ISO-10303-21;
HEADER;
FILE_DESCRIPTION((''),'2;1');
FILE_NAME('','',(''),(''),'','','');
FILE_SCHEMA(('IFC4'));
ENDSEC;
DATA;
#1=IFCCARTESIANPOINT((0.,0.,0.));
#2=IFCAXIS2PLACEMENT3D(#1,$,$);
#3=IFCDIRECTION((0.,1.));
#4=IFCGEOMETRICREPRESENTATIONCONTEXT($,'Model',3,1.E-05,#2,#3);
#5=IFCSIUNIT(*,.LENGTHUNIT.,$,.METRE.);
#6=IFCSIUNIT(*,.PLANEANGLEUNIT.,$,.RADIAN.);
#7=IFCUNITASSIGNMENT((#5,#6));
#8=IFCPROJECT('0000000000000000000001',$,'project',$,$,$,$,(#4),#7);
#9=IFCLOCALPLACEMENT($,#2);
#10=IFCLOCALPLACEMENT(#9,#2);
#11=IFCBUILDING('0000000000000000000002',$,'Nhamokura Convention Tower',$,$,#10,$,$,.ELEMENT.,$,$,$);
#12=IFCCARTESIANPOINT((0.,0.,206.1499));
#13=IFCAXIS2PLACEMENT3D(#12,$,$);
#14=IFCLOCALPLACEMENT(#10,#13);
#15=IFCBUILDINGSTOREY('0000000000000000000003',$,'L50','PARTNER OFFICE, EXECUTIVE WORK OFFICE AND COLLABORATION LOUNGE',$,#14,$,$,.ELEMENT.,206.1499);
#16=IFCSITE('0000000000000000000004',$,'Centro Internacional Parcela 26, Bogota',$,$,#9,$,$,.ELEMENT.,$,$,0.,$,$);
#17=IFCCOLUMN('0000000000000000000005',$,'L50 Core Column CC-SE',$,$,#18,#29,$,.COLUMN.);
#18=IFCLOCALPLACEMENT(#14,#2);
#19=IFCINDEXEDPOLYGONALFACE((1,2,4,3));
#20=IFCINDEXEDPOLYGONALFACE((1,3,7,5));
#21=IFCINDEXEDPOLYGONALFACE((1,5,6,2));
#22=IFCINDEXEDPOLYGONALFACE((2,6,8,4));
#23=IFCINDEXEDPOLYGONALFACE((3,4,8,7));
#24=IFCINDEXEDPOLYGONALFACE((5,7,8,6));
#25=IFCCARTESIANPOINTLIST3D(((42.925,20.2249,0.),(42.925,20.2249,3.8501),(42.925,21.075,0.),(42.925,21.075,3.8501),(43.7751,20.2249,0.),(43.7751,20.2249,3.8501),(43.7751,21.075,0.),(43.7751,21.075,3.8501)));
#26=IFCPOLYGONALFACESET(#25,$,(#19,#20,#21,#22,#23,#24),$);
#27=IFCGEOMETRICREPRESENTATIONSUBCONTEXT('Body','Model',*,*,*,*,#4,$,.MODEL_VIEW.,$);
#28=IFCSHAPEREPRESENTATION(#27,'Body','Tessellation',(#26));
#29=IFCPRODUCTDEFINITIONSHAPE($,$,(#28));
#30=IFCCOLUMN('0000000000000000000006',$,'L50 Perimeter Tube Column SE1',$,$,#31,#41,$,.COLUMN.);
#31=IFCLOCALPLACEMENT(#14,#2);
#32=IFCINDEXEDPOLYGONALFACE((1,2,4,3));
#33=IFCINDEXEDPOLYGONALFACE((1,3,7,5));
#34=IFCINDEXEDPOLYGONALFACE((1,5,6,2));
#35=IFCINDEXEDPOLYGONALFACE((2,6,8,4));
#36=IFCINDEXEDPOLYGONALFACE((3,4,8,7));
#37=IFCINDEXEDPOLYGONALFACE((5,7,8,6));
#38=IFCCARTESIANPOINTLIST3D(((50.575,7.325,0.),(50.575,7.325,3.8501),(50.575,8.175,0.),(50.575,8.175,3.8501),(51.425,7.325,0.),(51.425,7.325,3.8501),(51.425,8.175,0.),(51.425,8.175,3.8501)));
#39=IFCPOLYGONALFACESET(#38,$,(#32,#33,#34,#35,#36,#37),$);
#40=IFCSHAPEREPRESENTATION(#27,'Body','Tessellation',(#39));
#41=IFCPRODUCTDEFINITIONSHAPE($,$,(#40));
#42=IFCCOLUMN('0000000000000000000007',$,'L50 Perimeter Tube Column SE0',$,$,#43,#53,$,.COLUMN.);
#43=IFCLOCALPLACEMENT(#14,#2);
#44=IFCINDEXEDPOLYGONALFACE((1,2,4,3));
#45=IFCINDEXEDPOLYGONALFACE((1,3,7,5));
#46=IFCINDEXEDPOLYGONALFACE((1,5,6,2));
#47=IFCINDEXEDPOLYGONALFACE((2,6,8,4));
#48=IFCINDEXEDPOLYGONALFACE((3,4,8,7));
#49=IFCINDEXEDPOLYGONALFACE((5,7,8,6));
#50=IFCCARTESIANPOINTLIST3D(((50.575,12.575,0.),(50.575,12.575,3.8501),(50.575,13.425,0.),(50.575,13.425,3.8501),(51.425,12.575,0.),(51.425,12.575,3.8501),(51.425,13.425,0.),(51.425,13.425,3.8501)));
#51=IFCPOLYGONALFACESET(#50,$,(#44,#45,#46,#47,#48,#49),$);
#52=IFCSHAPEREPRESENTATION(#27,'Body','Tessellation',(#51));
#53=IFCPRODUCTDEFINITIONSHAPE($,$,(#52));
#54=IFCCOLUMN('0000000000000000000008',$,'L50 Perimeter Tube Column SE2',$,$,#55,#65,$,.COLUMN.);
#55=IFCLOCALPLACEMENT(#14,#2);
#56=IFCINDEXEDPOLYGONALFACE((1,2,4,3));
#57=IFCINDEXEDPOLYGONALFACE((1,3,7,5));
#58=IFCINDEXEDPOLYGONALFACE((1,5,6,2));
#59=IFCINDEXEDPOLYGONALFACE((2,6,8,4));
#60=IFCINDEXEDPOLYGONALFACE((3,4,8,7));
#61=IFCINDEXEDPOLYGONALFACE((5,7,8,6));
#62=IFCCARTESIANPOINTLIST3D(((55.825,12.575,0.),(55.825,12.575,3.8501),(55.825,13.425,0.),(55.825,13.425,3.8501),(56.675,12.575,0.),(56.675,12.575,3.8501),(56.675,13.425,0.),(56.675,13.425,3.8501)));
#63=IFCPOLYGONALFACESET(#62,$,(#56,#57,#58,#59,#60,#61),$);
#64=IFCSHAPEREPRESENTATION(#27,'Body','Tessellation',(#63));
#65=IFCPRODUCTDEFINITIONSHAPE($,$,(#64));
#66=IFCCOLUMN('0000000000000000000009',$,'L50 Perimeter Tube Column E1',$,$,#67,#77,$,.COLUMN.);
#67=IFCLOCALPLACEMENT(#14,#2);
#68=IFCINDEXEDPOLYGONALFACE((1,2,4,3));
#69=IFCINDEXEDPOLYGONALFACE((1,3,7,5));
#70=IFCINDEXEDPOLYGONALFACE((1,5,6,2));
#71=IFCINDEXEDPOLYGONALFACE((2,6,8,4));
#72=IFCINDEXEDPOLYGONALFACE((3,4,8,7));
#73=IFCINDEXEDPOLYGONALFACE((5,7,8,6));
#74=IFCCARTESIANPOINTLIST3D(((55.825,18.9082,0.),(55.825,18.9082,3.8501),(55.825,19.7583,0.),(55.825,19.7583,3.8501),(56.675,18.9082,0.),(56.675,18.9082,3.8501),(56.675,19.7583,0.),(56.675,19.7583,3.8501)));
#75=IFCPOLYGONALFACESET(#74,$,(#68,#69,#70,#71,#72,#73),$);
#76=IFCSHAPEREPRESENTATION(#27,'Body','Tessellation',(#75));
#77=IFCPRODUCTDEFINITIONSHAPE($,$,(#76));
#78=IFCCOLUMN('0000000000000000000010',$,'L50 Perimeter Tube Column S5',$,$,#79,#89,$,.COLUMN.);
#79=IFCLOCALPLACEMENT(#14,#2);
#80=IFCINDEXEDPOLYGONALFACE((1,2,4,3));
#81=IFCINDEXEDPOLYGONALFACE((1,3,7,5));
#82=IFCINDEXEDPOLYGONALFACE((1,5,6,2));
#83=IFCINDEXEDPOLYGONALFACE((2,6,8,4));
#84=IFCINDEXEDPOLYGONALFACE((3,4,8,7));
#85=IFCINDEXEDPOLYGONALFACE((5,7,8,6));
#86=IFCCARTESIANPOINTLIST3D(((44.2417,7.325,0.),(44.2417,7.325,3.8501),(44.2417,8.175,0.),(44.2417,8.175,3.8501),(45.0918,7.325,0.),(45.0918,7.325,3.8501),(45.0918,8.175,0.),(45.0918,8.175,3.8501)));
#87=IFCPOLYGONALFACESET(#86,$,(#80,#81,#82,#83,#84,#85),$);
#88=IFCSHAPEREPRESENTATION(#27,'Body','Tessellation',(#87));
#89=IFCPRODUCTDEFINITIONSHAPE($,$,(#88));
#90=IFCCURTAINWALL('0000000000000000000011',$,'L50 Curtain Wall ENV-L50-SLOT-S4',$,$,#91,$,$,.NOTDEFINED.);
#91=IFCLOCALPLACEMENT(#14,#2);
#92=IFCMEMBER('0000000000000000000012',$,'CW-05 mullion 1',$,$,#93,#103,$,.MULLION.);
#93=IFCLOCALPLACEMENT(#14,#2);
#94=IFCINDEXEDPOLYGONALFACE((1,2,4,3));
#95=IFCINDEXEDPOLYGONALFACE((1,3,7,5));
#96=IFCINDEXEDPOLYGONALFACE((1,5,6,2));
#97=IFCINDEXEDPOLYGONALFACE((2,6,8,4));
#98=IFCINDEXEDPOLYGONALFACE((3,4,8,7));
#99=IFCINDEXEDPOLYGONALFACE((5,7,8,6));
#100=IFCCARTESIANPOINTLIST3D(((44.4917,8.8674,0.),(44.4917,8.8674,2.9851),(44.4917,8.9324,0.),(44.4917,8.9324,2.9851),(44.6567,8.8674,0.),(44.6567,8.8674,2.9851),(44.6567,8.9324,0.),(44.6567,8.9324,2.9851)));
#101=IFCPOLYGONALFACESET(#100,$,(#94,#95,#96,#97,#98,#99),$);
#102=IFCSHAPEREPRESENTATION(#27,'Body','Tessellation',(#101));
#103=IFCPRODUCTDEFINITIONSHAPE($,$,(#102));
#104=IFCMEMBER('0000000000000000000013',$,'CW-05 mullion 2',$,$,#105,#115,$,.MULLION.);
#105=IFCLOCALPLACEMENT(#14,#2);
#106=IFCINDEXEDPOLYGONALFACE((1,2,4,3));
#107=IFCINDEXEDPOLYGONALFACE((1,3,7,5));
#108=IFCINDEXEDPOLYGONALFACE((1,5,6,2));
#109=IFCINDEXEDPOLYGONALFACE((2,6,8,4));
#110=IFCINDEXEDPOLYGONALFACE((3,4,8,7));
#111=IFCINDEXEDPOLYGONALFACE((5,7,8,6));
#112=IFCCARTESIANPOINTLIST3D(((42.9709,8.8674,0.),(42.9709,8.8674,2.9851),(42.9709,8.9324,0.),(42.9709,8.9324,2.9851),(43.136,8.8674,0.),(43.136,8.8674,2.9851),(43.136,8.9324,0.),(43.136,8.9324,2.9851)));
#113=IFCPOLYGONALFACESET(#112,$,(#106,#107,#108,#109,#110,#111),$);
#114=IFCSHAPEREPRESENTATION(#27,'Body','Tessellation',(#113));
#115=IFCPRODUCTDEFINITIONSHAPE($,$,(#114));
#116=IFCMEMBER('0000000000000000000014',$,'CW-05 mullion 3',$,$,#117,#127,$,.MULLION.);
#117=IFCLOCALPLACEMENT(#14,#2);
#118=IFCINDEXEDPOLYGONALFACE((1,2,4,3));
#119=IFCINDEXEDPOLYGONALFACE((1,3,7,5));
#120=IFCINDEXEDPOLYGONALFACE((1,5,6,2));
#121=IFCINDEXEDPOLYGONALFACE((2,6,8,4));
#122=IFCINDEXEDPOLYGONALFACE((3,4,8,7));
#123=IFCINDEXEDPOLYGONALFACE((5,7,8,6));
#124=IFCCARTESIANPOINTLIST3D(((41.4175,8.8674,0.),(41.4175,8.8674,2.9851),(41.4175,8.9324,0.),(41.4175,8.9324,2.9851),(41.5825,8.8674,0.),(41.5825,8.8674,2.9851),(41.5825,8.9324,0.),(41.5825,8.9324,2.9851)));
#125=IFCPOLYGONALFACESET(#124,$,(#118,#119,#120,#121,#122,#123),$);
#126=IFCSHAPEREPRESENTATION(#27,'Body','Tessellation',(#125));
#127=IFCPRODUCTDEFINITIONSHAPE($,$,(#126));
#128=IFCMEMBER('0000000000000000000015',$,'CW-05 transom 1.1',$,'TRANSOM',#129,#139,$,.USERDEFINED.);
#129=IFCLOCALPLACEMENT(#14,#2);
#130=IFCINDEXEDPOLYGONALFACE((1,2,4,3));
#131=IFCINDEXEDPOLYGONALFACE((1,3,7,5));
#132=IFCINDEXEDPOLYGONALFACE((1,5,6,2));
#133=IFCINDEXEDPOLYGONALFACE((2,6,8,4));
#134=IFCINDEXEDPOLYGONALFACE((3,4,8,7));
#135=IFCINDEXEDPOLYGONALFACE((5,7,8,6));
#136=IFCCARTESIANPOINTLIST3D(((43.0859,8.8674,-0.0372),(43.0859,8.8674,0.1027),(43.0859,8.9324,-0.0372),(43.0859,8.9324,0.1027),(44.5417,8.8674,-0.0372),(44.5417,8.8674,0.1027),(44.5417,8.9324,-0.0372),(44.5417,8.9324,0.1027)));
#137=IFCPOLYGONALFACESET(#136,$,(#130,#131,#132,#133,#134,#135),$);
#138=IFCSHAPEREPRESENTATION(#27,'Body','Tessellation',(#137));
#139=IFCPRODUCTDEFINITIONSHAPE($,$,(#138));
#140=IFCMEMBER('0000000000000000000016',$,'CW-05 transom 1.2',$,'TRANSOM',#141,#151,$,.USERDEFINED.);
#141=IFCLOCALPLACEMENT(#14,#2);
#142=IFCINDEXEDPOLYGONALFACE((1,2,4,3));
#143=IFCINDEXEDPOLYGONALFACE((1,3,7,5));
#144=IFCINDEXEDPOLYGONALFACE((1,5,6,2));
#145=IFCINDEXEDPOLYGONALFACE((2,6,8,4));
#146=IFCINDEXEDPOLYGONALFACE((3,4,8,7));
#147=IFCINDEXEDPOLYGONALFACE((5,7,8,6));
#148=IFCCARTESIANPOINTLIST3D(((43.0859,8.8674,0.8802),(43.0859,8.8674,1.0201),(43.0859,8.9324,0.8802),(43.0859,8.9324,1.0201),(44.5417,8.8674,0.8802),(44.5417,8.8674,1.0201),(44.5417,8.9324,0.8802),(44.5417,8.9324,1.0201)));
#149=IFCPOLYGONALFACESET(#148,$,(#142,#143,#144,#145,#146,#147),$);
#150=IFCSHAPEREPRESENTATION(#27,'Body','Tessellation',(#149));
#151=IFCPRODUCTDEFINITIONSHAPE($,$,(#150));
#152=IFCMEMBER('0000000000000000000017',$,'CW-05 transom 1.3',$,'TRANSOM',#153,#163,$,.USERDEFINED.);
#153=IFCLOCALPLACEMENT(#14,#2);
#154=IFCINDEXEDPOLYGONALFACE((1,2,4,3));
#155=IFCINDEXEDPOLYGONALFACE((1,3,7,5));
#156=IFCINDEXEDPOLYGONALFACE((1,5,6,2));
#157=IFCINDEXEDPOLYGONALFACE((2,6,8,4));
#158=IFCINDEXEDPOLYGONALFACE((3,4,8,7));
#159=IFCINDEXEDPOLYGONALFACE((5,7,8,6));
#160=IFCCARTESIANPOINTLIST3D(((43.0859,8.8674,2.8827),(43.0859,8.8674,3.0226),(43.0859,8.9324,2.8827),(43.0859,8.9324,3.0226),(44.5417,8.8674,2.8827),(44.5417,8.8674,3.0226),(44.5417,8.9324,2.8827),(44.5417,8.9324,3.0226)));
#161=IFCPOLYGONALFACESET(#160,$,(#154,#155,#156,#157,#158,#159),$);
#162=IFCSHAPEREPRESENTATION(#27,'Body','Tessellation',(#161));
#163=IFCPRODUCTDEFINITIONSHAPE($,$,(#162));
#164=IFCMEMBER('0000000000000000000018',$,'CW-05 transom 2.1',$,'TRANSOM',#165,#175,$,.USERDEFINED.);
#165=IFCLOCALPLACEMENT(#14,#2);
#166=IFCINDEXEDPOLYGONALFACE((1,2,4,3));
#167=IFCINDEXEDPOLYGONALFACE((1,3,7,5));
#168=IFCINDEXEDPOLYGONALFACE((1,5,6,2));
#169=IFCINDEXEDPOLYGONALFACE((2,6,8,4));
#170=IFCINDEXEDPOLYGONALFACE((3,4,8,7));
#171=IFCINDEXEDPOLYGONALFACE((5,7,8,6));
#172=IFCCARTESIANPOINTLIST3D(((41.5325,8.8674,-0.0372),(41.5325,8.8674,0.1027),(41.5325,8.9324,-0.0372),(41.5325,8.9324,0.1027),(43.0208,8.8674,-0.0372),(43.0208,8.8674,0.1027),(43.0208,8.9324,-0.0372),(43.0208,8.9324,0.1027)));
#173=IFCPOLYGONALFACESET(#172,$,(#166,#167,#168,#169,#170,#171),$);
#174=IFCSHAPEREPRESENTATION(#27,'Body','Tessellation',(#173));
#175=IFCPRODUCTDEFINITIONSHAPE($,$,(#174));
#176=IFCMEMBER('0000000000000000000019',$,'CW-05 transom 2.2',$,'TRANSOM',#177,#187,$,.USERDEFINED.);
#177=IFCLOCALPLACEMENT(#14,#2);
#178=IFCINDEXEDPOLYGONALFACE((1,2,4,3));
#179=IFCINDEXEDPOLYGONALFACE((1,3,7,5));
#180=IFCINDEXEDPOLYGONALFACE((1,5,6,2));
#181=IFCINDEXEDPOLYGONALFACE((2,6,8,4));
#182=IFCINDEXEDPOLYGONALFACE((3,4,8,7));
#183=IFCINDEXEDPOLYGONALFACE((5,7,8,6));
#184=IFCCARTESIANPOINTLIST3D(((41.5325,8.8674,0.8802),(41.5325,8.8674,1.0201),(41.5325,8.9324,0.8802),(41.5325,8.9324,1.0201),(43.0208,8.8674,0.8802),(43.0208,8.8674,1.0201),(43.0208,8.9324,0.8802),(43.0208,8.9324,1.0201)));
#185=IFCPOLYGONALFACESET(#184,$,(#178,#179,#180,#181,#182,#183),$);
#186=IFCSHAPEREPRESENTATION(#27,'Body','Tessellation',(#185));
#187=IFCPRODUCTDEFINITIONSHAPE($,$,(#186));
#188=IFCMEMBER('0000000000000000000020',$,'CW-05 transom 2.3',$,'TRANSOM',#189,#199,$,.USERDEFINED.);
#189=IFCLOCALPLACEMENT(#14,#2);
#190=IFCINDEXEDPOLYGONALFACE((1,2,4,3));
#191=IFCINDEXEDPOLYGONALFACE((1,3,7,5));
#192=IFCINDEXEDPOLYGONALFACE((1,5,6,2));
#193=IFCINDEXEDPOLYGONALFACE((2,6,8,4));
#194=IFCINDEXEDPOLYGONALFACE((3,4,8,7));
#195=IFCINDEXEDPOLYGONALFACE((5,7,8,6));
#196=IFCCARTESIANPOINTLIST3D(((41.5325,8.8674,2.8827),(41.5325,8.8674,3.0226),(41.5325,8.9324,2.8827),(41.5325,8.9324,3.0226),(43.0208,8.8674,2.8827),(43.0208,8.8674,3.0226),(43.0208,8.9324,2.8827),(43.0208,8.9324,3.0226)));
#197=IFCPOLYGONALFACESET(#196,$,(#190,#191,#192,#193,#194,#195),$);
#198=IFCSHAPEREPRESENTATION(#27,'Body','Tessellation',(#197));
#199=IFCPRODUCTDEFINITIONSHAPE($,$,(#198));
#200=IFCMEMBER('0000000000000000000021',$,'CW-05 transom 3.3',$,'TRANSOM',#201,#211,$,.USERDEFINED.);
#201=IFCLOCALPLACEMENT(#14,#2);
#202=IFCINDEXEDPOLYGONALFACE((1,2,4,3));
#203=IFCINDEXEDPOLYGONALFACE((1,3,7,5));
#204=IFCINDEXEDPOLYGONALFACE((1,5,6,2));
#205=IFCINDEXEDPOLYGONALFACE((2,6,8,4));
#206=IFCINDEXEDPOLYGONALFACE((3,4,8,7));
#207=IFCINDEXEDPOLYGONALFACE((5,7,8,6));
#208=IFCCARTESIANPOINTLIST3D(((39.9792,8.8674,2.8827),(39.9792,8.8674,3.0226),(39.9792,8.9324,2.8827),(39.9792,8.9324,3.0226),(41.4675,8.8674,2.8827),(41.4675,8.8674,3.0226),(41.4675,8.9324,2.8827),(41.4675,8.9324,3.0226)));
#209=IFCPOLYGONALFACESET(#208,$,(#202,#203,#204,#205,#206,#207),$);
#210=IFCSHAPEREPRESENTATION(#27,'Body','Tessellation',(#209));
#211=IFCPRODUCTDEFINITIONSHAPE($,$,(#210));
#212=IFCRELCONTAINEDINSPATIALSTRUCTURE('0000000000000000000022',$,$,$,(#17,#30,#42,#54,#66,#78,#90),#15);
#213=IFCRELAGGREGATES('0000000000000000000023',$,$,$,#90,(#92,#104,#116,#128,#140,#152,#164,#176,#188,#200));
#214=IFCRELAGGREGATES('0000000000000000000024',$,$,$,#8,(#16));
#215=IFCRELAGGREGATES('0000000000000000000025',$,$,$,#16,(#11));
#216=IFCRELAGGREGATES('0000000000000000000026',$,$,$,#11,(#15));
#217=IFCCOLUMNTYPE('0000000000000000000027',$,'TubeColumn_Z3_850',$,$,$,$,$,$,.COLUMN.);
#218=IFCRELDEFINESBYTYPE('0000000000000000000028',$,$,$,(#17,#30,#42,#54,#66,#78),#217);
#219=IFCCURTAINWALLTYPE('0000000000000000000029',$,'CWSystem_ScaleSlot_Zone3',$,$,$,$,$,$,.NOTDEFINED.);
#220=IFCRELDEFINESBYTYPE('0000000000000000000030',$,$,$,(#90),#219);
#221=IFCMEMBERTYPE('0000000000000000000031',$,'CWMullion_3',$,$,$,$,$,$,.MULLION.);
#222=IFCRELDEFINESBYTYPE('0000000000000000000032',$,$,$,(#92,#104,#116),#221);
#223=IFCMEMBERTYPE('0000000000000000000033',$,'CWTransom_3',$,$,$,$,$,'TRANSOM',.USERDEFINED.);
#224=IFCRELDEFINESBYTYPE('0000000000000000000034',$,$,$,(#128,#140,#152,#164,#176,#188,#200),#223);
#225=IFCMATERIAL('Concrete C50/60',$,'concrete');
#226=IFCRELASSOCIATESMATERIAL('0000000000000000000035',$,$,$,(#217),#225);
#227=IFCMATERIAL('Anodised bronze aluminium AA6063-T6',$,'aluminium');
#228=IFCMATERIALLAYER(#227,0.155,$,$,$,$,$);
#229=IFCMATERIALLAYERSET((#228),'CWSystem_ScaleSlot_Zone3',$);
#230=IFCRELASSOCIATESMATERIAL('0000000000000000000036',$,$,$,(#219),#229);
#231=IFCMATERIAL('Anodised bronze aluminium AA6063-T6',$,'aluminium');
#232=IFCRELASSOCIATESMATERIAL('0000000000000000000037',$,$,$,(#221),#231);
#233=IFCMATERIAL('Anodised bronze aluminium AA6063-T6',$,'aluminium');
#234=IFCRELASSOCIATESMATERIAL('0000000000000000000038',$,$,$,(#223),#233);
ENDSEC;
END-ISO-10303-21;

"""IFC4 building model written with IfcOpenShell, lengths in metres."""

from ifc_helpers import new_model, si_unit, direction, frame, origin, origin_2d, place, context, subcontext, project, spatial, rectangle, extrude, material, layer, layer_set, material_profile, profile_set, type_object, element, aggregate, save


model = new_model("IFC4")

# Units and contexts
model_context = context("Model", 3, precision=1e-05, world=origin(), true_north=direction((0.0, 1.0)))
body_context = subcontext(model_context, "Body", "Model", "MODEL_VIEW")
ifc_project = project(units=[si_unit("LENGTHUNIT", "METRE"), si_unit("PLANEANGLEUNIT", "RADIAN")], contexts=[model_context])

# Site, building, storey
site_placement = place(None, origin())
site = spatial("IfcSite", under=ifc_project, at=site_placement, Name="Centro Internacional Parcela 26, Bogota", CompositionType="ELEMENT", RefElevation=0.0)
building_placement = place(site_placement, origin())
building = spatial("IfcBuilding", under=site, at=building_placement, Name="Nhamokura Convention Tower", CompositionType="ELEMENT")
storey_placement = place(building_placement, frame((0.0, 0.0, 206.1499)))
storey = spatial("IfcBuildingStorey", under=building, at=storey_placement, Name="L50", Description="PARTNER OFFICE, EXECUTIVE WORK OFFICE AND COLLABORATION LOUNGE", CompositionType="ELEMENT", Elevation=206.1499)

# Columns
ifc_material_1 = material(Name="Concrete C50/60", Category="concrete")
ifc_material_profile_1 = material_profile(ifc_material_1, rectangle(XDim=0.8501, YDim=0.8501, at=origin_2d()))
ifc_profile_set_1 = profile_set([ifc_material_profile_1], Name="Concrete C50/60")
column_type = type_object("IfcColumnType", Name="TubeColumn_Z3_850", PredefinedType="COLUMN", material=ifc_profile_set_1)
for number, where, z_axis, x_axis, name in (
    (1, (43.3501, 20.6499, 0.0), (0.0, 0.0, 1.0), (1.0, 0.0, 0.0), "L50 Core Column CC-SE"),
    (2, (51.0, 7.75, 0.0), (0.0, 0.0, 1.0), (1.0, 0.0, 0.0), "L50 Perimeter Tube Column SE1"),
    (3, (51.0, 13.0, 0.0), (0.0, 0.0, 1.0), (1.0, 0.0, 0.0), "L50 Perimeter Tube Column SE0"),
    (4, (56.25, 13.0, 0.0), (0.0, 0.0, 1.0), (1.0, 0.0, 0.0), "L50 Perimeter Tube Column SE2"),
    (5, (56.25, 19.3333, 0.0), (0.0, 0.0, 1.0), (1.0, 0.0, 0.0), "L50 Perimeter Tube Column E1"),
    (6, (44.6667, 7.75, 0.0), (0.0, 0.0, 1.0), (1.0, 0.0, 0.0), "L50 Perimeter Tube Column S5"),
):
    element("IfcColumn", number, at=place(storey_placement, frame(where, z_axis=z_axis, x_axis=x_axis)), inside=storey, type_object=column_type, Name=name, PredefinedType="COLUMN", context=body_context, shape_type="SweptSolid", body=[
        extrude(rectangle(XDim=0.8501, YDim=0.8501, at=origin_2d()), origin(), (0.0, 0.0, 1.0), 3.8501),
    ])

# Curtain wall, members
ifc_material_2 = material(Name="Anodised bronze aluminium AA6063-T6", Category="aluminium")
ifc_layer_1 = layer(ifc_material_2, 0.155)
ifc_layer_set_1 = layer_set([ifc_layer_1], Name="CWSystem_ScaleSlot_Zone3")
curtain_wall_type = type_object("IfcCurtainWallType", Name="CWSystem_ScaleSlot_Zone3", PredefinedType="NOTDEFINED", material=ifc_layer_set_1)
curtain_wall_placement = place(storey_placement, origin())
curtain_wall = element("IfcCurtainWall", 7, at=curtain_wall_placement, inside=storey, type_object=curtain_wall_type, Name="L50 Curtain Wall ENV-L50-SLOT-S4", PredefinedType="NOTDEFINED")
ifc_material_3 = material(Name="Anodised bronze aluminium AA6063-T6", Category="aluminium")
ifc_material_profile_2 = material_profile(ifc_material_3, rectangle(XDim=0.0649, YDim=0.165, at=origin_2d()))
ifc_profile_set_2 = profile_set([ifc_material_profile_2], Name="Anodised bronze aluminium AA6063-T6")
member_type_1 = type_object("IfcMemberType", Name="CWMullion_3", PredefinedType="MULLION", material=ifc_profile_set_2)
member_1_placement = place(storey_placement, frame((44.5742, 8.8999, 0.0), z_axis=(0.0, 0.0, 1.0), x_axis=(0.0, -1.0, 0.0)))
member_1 = element("IfcMember", 8, at=member_1_placement, type_object=member_type_1, Name="CW-05 mullion 1", PredefinedType="MULLION", context=body_context, shape_type="SweptSolid", body=[
    extrude(rectangle(XDim=0.0649, YDim=0.165, at=origin_2d()), origin(), (0.0, 0.0, 1.0), 2.9851),
])
member_2_placement = place(storey_placement, frame((43.0535, 8.8999, 0.0), z_axis=(0.0, 0.0, 1.0), x_axis=(0.0, -1.0, 0.0)))
member_2 = element("IfcMember", 9, at=member_2_placement, type_object=member_type_1, Name="CW-05 mullion 2", PredefinedType="MULLION", context=body_context, shape_type="SweptSolid", body=[
    extrude(rectangle(XDim=0.0649, YDim=0.165, at=origin_2d()), origin(), (0.0, 0.0, 1.0), 2.9851),
])
member_3_placement = place(storey_placement, frame((41.5, 8.8999, 0.0), z_axis=(0.0, 0.0, 1.0), x_axis=(0.0, -1.0, 0.0)))
member_3 = element("IfcMember", 10, at=member_3_placement, type_object=member_type_1, Name="CW-05 mullion 3", PredefinedType="MULLION", context=body_context, shape_type="SweptSolid", body=[
    extrude(rectangle(XDim=0.0649, YDim=0.165, at=origin_2d()), origin(), (0.0, 0.0, 1.0), 2.9851),
])
ifc_material_4 = material(Name="Anodised bronze aluminium AA6063-T6", Category="aluminium")
ifc_material_profile_3 = material_profile(ifc_material_4, rectangle(XDim=0.0649, YDim=0.1399, at=origin_2d()))
ifc_profile_set_3 = profile_set([ifc_material_profile_3], Name="Anodised bronze aluminium AA6063-T6")
member_type_2 = type_object("IfcMemberType", Name="CWTransom_3", ElementType="TRANSOM", PredefinedType="USERDEFINED", material=ifc_profile_set_3)
member_4_placement = place(storey_placement, frame((44.5417, 8.8999, 0.0327), z_axis=(-1.0, 0.0, 0.0), x_axis=(0.0, -1.0, 0.0)))
member_4 = element("IfcMember", 11, at=member_4_placement, type_object=member_type_2, Name="CW-05 transom 1.1", ObjectType="TRANSOM", PredefinedType="USERDEFINED", context=body_context, shape_type="SweptSolid", body=[
    extrude(rectangle(XDim=0.0649, YDim=0.1399, at=origin_2d()), origin(), (0.0, 0.0, 1.0), 1.4558),
])
member_5_placement = place(storey_placement, frame((44.5417, 8.8999, 0.9502), z_axis=(-1.0, 0.0, 0.0), x_axis=(0.0, -1.0, 0.0)))
member_5 = element("IfcMember", 12, at=member_5_placement, type_object=member_type_2, Name="CW-05 transom 1.2", ObjectType="TRANSOM", PredefinedType="USERDEFINED", context=body_context, shape_type="SweptSolid", body=[
    extrude(rectangle(XDim=0.0649, YDim=0.1399, at=origin_2d()), origin(), (0.0, 0.0, 1.0), 1.4558),
])
member_6_placement = place(storey_placement, frame((44.5417, 8.8999, 2.9526), z_axis=(-1.0, 0.0, 0.0), x_axis=(0.0, -1.0, 0.0)))
member_6 = element("IfcMember", 13, at=member_6_placement, type_object=member_type_2, Name="CW-05 transom 1.3", ObjectType="TRANSOM", PredefinedType="USERDEFINED", context=body_context, shape_type="SweptSolid", body=[
    extrude(rectangle(XDim=0.0649, YDim=0.1399, at=origin_2d()), origin(), (0.0, 0.0, 1.0), 1.4558),
])
member_7_placement = place(storey_placement, frame((43.0208, 8.8999, 0.0327), z_axis=(-1.0, 0.0, 0.0), x_axis=(0.0, -1.0, 0.0)))
member_7 = element("IfcMember", 14, at=member_7_placement, type_object=member_type_2, Name="CW-05 transom 2.1", ObjectType="TRANSOM", PredefinedType="USERDEFINED", context=body_context, shape_type="SweptSolid", body=[
    extrude(rectangle(XDim=0.0649, YDim=0.1399, at=origin_2d()), origin(), (0.0, 0.0, 1.0), 1.4883),
])
member_8_placement = place(storey_placement, frame((43.0208, 8.8999, 0.9502), z_axis=(-1.0, 0.0, 0.0), x_axis=(0.0, -1.0, 0.0)))
member_8 = element("IfcMember", 15, at=member_8_placement, type_object=member_type_2, Name="CW-05 transom 2.2", ObjectType="TRANSOM", PredefinedType="USERDEFINED", context=body_context, shape_type="SweptSolid", body=[
    extrude(rectangle(XDim=0.0649, YDim=0.1399, at=origin_2d()), origin(), (0.0, 0.0, 1.0), 1.4883),
])
member_9_placement = place(storey_placement, frame((43.0208, 8.8999, 2.9526), z_axis=(-1.0, 0.0, 0.0), x_axis=(0.0, -1.0, 0.0)))
member_9 = element("IfcMember", 16, at=member_9_placement, type_object=member_type_2, Name="CW-05 transom 2.3", ObjectType="TRANSOM", PredefinedType="USERDEFINED", context=body_context, shape_type="SweptSolid", body=[
    extrude(rectangle(XDim=0.0649, YDim=0.1399, at=origin_2d()), origin(), (0.0, 0.0, 1.0), 1.4883),
])
member_10_placement = place(storey_placement, frame((41.4675, 8.8999, 2.9526), z_axis=(-1.0, 0.0, 0.0), x_axis=(0.0, -1.0, 0.0)))
member_10 = element("IfcMember", 17, at=member_10_placement, type_object=member_type_2, Name="CW-05 transom 3.3", ObjectType="TRANSOM", PredefinedType="USERDEFINED", context=body_context, shape_type="SweptSolid", body=[
    extrude(rectangle(XDim=0.0649, YDim=0.1399, at=origin_2d()), origin(), (0.0, 0.0, 1.0), 1.4883),
])

aggregate(curtain_wall, [member_1, member_2, member_3, member_4, member_5, member_6, member_7, member_8, member_9, member_10])

save(model, "model.ifc")
